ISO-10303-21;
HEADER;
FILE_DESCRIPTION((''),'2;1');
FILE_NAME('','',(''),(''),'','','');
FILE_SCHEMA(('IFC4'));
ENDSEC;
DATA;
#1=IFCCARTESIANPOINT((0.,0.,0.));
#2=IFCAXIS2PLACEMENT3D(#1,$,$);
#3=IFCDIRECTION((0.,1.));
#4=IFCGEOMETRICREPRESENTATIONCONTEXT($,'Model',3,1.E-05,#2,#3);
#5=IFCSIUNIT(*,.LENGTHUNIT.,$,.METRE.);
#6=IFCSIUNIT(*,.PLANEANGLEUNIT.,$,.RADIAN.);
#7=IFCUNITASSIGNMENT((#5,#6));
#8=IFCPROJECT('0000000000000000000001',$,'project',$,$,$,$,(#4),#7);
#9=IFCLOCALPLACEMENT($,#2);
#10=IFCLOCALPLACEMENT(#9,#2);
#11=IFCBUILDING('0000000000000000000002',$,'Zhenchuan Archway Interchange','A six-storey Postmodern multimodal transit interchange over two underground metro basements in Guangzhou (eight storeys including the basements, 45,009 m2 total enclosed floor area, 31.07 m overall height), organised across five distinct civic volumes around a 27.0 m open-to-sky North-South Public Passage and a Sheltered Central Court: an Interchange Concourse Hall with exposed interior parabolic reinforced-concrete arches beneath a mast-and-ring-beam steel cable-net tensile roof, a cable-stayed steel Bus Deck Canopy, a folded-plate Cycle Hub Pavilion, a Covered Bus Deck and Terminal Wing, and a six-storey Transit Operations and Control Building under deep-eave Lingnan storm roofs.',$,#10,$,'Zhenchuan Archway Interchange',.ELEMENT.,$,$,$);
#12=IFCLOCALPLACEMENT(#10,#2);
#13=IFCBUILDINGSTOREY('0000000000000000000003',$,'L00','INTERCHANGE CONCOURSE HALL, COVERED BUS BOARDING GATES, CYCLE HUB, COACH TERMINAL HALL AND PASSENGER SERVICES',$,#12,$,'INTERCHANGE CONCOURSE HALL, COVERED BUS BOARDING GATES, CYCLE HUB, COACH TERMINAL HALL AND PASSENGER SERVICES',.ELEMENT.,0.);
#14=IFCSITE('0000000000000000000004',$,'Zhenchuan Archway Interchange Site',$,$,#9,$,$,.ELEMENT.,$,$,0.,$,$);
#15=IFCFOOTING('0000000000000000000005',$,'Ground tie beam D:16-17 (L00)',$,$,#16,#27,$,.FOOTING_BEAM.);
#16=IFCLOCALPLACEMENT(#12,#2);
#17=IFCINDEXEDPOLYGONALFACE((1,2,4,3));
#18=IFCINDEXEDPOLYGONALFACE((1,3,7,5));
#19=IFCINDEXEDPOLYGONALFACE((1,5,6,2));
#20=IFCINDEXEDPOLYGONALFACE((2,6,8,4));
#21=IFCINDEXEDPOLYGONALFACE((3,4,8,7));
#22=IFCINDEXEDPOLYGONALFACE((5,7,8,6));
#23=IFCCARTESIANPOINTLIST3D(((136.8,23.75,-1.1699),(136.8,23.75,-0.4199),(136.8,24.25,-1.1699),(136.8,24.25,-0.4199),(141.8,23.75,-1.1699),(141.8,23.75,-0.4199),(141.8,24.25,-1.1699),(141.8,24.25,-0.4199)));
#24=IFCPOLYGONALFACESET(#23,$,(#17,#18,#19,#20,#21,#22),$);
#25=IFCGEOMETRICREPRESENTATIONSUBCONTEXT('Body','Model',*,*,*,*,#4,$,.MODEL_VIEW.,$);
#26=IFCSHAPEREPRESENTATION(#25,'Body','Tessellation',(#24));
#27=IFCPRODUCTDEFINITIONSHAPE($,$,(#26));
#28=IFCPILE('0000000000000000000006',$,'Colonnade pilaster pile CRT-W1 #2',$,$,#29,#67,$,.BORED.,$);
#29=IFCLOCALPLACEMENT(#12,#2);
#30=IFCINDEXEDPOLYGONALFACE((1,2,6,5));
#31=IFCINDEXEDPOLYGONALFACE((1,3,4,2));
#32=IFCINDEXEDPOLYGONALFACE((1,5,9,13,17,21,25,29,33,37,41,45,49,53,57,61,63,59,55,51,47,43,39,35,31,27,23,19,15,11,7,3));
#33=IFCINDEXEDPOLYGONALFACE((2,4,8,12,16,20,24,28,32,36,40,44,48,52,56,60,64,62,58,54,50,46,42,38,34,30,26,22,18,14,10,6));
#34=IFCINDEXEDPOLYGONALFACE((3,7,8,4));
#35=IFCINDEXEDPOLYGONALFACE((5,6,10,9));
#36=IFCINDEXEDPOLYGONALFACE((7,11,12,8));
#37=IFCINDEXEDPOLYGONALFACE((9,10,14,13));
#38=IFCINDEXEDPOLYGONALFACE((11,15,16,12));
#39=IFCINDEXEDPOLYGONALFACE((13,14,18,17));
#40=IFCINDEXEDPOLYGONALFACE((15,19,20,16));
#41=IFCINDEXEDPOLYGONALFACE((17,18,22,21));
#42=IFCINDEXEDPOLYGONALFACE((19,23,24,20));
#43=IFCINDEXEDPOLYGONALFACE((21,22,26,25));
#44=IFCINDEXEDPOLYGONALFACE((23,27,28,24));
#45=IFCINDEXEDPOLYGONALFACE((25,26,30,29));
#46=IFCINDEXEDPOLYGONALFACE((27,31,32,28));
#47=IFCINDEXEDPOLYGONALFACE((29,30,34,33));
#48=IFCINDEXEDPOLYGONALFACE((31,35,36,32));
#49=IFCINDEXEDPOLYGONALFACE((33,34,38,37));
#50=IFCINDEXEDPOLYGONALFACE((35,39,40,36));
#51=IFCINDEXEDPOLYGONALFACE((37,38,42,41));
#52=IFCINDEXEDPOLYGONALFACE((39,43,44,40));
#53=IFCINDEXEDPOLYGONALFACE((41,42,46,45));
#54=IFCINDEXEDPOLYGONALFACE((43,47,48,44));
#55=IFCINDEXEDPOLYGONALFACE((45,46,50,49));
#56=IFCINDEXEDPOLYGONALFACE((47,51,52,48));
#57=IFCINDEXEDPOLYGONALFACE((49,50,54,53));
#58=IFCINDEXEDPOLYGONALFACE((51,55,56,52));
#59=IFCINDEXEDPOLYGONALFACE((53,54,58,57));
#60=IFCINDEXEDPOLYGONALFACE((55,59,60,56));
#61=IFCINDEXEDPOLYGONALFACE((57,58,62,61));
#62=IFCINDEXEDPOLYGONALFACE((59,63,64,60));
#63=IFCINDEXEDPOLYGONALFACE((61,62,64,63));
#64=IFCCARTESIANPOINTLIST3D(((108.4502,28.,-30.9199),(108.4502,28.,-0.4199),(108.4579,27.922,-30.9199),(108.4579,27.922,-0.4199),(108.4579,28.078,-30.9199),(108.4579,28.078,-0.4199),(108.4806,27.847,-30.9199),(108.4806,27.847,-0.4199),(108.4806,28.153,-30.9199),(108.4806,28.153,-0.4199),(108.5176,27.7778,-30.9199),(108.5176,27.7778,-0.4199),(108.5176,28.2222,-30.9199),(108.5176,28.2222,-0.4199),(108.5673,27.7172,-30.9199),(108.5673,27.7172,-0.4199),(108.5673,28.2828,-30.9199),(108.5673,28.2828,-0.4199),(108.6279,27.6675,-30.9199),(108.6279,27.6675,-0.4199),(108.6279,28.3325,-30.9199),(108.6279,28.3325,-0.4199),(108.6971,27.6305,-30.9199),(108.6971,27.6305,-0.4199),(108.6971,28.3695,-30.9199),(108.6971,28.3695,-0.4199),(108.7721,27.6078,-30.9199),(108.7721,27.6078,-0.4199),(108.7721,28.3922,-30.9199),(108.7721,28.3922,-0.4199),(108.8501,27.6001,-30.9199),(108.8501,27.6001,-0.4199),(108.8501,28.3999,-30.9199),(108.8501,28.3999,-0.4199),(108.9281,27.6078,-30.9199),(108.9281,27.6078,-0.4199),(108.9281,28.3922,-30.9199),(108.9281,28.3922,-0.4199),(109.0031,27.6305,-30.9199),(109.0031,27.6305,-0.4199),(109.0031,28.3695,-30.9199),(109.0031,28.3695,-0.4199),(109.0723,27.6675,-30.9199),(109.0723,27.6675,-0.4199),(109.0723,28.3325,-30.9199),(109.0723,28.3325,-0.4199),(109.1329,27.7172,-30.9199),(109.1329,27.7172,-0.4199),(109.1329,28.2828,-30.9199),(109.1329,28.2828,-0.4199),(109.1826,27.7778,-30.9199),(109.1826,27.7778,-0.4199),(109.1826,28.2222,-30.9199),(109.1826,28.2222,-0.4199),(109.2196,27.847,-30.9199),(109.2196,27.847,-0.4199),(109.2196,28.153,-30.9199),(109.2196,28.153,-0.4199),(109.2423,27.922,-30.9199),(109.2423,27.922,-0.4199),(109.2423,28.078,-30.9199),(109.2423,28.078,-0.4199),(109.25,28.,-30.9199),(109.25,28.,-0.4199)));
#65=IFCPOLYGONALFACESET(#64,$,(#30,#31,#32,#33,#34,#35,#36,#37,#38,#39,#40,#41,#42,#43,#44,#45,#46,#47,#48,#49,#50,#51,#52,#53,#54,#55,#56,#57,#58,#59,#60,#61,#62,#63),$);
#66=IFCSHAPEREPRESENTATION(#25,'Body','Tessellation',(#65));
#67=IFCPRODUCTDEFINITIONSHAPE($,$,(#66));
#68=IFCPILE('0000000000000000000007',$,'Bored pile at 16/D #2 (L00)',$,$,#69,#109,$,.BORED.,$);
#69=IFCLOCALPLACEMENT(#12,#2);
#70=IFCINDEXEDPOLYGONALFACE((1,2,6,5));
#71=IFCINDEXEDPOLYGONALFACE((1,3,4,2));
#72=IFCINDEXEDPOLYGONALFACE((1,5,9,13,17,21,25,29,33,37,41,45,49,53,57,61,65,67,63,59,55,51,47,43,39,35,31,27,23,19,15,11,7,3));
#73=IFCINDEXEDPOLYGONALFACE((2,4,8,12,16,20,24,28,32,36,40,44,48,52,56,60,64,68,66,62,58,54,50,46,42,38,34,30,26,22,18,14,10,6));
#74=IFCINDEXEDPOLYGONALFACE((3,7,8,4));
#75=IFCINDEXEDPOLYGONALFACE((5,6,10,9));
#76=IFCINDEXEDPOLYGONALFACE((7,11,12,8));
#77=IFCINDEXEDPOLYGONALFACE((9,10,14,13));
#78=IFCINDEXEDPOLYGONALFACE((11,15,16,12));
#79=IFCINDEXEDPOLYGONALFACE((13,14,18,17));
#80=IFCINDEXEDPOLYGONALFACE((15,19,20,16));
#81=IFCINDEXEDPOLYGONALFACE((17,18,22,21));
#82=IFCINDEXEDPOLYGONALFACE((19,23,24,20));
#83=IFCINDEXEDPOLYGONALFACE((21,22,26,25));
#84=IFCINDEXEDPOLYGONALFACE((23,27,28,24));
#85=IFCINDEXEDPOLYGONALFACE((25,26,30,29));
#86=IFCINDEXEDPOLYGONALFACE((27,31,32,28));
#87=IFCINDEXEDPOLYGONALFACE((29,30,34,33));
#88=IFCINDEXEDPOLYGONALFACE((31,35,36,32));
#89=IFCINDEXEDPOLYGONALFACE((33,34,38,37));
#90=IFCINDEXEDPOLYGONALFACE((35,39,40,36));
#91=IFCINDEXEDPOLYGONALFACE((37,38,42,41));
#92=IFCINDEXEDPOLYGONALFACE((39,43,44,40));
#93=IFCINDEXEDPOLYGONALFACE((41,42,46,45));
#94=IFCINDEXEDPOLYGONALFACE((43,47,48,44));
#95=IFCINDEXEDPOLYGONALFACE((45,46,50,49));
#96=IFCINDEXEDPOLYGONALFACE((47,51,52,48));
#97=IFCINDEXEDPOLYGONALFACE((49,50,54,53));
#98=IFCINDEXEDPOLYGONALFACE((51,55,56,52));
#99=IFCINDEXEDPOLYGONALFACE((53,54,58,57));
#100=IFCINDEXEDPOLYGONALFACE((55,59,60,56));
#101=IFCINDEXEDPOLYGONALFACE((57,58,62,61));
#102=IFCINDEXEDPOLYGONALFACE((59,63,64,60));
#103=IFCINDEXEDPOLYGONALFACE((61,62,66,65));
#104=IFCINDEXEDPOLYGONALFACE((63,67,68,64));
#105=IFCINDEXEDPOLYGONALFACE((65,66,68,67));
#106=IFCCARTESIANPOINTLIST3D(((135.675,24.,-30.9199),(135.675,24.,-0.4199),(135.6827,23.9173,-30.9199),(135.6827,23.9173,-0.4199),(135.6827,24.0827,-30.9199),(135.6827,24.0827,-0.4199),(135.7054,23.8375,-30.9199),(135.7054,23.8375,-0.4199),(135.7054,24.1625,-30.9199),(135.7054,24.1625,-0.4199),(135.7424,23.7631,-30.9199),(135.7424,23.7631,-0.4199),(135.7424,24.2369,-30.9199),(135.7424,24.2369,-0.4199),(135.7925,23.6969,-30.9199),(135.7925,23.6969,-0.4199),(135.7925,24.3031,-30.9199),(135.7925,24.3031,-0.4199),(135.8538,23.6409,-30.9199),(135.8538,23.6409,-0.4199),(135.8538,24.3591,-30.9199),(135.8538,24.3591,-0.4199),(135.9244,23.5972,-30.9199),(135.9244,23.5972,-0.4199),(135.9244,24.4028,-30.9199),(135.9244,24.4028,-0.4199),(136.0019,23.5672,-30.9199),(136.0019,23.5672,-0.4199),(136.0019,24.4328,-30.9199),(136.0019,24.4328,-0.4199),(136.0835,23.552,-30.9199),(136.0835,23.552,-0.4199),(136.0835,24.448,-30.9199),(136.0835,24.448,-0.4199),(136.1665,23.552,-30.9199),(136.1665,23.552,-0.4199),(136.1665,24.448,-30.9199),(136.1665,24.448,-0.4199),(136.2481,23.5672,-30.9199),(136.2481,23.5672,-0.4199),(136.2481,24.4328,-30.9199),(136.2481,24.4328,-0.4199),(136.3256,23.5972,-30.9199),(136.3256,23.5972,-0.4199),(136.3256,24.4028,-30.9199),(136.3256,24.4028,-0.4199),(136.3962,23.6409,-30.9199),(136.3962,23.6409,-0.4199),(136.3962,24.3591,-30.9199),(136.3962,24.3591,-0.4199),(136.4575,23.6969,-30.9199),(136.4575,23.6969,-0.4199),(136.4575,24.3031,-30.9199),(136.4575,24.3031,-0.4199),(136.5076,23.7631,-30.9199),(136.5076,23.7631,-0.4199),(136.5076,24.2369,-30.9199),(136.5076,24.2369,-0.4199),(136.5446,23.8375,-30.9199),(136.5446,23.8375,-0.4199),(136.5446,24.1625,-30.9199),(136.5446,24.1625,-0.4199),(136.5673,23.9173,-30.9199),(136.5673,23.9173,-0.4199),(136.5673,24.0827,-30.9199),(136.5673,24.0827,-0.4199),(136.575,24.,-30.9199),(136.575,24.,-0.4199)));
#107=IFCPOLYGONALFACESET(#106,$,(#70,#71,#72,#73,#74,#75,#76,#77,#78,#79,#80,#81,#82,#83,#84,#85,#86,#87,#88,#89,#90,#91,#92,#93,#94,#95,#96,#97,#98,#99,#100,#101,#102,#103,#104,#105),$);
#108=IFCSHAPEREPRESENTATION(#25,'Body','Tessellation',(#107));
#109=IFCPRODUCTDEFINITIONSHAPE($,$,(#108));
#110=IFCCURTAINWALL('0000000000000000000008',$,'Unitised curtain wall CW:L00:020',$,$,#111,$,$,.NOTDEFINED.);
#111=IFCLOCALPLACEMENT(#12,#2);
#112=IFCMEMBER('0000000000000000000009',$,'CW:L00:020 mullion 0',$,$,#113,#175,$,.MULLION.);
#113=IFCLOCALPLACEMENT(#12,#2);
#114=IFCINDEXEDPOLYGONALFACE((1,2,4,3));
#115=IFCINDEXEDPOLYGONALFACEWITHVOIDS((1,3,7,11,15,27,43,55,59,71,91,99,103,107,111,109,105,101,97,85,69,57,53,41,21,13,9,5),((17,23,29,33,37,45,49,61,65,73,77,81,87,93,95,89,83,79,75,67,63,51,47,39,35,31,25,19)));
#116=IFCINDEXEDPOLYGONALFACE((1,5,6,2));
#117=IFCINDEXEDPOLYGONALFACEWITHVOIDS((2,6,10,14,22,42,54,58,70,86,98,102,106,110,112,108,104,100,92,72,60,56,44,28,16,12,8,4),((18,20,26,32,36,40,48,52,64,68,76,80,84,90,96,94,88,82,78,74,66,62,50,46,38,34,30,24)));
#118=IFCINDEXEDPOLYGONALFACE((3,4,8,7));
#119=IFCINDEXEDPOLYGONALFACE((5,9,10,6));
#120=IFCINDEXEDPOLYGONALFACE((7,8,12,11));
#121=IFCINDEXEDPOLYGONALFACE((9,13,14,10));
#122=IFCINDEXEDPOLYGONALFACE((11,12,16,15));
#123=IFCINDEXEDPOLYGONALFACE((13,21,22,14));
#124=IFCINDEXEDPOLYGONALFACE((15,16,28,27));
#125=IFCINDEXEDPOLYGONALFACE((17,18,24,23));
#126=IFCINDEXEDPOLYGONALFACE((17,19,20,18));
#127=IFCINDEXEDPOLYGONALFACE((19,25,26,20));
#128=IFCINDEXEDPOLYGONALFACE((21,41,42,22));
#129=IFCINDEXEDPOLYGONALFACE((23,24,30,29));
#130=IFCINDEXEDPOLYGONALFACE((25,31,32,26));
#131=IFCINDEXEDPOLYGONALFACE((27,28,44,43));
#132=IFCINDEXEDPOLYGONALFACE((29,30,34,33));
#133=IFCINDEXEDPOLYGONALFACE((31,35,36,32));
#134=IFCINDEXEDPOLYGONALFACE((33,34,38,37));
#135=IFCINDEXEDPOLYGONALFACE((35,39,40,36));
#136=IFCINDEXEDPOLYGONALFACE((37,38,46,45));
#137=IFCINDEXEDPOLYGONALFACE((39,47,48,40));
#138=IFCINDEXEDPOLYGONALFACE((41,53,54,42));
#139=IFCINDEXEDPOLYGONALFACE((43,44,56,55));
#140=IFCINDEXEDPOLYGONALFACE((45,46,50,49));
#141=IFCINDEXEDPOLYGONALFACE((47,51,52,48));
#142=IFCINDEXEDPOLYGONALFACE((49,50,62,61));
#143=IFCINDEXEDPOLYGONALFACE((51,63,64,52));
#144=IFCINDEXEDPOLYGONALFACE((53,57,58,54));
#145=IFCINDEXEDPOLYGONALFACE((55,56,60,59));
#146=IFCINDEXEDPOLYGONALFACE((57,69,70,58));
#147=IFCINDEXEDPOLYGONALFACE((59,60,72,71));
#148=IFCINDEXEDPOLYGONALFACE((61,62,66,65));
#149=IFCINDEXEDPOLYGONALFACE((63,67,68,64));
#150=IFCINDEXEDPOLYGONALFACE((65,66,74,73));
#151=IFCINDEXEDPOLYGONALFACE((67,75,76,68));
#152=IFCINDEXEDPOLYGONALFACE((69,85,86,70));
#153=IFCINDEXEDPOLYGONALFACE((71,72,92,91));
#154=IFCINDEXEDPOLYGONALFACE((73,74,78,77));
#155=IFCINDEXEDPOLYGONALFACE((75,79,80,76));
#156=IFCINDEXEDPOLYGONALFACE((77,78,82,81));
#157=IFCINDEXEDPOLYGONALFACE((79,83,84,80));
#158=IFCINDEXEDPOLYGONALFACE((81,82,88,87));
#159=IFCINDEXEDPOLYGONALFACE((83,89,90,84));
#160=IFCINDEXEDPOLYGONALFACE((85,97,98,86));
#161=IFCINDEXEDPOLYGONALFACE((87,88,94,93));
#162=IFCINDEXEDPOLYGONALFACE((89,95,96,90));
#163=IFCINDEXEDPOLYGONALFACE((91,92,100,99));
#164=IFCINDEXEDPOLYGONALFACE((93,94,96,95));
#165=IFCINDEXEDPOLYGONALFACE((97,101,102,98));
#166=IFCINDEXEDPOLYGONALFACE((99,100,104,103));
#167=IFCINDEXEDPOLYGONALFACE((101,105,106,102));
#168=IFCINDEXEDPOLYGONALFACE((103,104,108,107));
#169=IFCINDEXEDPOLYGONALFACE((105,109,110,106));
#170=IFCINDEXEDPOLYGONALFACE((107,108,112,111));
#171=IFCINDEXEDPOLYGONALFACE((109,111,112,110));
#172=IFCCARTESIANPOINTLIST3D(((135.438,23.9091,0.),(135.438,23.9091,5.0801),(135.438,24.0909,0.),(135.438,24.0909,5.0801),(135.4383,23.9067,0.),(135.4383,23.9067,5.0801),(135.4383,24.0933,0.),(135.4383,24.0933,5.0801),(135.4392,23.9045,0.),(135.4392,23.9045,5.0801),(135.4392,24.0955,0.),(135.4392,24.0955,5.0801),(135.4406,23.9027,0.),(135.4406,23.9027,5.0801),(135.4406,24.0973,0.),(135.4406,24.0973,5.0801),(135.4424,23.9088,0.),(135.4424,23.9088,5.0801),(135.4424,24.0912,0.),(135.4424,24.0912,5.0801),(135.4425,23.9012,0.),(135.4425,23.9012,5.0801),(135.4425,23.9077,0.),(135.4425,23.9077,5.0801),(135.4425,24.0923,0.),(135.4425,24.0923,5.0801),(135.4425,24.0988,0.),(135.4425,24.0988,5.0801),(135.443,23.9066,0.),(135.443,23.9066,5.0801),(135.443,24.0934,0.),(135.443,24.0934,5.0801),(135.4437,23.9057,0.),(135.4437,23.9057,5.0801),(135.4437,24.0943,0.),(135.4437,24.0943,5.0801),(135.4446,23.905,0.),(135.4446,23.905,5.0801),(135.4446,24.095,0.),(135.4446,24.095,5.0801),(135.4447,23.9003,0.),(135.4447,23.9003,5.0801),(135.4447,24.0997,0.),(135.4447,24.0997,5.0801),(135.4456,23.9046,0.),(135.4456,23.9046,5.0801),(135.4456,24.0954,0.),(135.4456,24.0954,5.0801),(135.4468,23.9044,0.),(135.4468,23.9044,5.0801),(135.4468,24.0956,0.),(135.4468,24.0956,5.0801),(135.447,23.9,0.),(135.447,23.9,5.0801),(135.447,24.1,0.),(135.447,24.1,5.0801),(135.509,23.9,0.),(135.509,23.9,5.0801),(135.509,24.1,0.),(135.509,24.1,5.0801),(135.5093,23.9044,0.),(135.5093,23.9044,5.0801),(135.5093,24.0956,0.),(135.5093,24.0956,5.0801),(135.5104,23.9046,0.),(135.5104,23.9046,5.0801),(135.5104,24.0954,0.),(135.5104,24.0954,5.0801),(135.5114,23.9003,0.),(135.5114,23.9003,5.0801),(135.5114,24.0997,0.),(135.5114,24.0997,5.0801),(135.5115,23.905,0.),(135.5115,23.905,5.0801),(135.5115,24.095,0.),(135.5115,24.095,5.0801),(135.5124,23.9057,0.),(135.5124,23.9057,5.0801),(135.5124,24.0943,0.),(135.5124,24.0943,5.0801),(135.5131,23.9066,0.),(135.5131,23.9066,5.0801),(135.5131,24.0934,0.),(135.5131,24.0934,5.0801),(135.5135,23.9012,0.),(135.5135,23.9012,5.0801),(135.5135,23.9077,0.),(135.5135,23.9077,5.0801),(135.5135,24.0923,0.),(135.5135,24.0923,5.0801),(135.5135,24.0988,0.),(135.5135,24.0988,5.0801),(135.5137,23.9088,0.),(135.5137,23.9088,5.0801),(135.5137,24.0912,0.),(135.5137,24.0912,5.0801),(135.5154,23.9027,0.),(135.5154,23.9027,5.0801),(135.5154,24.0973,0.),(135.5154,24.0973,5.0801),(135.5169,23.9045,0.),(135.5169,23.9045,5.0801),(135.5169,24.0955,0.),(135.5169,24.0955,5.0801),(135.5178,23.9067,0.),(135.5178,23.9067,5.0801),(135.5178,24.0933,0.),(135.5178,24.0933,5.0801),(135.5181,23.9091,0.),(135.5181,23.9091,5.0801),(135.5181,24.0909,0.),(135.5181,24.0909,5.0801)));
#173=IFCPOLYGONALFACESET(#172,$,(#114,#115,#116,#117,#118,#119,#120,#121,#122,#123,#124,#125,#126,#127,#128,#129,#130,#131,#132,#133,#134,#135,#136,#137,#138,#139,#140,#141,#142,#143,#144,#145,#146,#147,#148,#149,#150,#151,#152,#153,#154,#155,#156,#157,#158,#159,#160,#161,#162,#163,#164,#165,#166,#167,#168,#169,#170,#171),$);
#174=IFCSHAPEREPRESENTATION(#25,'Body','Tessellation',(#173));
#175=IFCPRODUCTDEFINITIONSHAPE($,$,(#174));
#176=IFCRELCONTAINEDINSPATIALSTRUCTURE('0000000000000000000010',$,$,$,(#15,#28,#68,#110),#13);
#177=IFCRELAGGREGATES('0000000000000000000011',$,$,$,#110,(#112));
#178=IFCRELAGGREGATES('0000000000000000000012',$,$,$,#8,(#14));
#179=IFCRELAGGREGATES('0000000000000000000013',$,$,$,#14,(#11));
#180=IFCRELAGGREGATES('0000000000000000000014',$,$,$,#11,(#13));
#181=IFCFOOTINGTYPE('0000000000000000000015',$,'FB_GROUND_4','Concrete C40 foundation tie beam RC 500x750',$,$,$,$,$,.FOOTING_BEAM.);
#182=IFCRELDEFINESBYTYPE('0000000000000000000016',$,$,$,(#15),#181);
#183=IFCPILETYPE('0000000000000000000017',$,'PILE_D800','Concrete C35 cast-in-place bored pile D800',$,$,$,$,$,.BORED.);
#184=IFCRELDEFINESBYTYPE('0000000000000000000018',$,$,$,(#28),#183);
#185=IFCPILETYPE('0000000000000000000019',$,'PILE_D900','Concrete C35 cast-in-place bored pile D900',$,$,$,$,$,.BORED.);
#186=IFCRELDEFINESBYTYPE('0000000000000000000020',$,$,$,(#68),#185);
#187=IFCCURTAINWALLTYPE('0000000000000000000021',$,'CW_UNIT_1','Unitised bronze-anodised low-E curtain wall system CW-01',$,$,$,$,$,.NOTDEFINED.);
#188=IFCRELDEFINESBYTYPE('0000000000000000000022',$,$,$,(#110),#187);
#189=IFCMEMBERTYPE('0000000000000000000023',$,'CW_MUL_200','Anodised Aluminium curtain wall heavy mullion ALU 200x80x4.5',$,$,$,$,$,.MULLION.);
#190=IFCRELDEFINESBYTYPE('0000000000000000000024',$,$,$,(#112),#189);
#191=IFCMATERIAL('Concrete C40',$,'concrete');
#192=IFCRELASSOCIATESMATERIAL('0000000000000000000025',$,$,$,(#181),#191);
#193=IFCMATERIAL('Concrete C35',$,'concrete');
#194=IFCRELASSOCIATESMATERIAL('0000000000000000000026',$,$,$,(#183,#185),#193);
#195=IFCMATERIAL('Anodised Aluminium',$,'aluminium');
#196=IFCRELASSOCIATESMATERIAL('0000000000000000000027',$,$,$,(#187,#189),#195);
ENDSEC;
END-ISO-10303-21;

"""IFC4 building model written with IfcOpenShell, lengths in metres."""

from ifc_helpers import new_model, si_unit, direction, frame, origin, origin_2d, place, context, subcontext, project, spatial, rectangle, hollow_rectangle, circle, extrude, material, material_profile, profile_set, type_object, element, aggregate, save


model = new_model("IFC4")

# Units and contexts
model_context = context("Model", 3, precision=1e-05, world=origin(), true_north=direction((0.0, 1.0)))
body_context = subcontext(model_context, "Body", "Model", "MODEL_VIEW")
ifc_project = project(units=[si_unit("LENGTHUNIT", "METRE"), si_unit("PLANEANGLEUNIT", "RADIAN")], contexts=[model_context])

# Site, building, storey
site_placement = place(None, origin())
site = spatial("IfcSite", under=ifc_project, at=site_placement, Name="Zhenchuan Archway Interchange Site", CompositionType="ELEMENT", RefElevation=0.0)
building_placement = place(site_placement, origin())
building = spatial("IfcBuilding", under=site, at=building_placement, Name="Zhenchuan Archway Interchange", Description="A six-storey Postmodern multimodal transit interchange over two underground metro basements in Guangzhou (eight storeys including the basements, 45,009 m2 total enclosed floor area, 31.07 m overall height), organised across five distinct civic volumes around a 27.0 m open-to-sky North-South Public Passage and a Sheltered Central Court: an Interchange Concourse Hall with exposed interior parabolic reinforced-concrete arches beneath a mast-and-ring-beam steel cable-net tensile roof, a cable-stayed steel Bus Deck Canopy, a folded-plate Cycle Hub Pavilion, a Covered Bus Deck and Terminal Wing, and a six-storey Transit Operations and Control Building under deep-eave Lingnan storm roofs.", LongName="Zhenchuan Archway Interchange", CompositionType="ELEMENT")
storey_placement = place(building_placement, origin())
storey = spatial("IfcBuildingStorey", under=building, at=storey_placement, Name="L00", Description="INTERCHANGE CONCOURSE HALL, COVERED BUS BOARDING GATES, CYCLE HUB, COACH TERMINAL HALL AND PASSENGER SERVICES", LongName="INTERCHANGE CONCOURSE HALL, COVERED BUS BOARDING GATES, CYCLE HUB, COACH TERMINAL HALL AND PASSENGER SERVICES", CompositionType="ELEMENT", Elevation=0.0)

# Footing
ifc_material_1 = material(Name="Concrete C40", Category="concrete")
ifc_material_profile_1 = material_profile(ifc_material_1, rectangle(XDim=0.5, YDim=0.75, at=origin_2d()), Name="RC 500x750")
ifc_profile_set_1 = profile_set([ifc_material_profile_1], Name="Concrete C40")
footing_type = type_object("IfcFootingType", Name="FB_GROUND_4", Description="Concrete C40 foundation tie beam RC 500x750", PredefinedType="FOOTING_BEAM", material=ifc_profile_set_1)
footing_placement = place(storey_placement, frame((136.8, 24.0, -0.7949), z_axis=(1.0, 0.0, 0.0), x_axis=(0.0, 1.0, 0.0)))
element("IfcFooting", 1, at=footing_placement, inside=storey, type_object=footing_type, Name="Ground tie beam D:16-17 (L00)", PredefinedType="FOOTING_BEAM", context=body_context, shape_type="SweptSolid", body=[
    extrude(rectangle(XDim=0.5, YDim=0.75, at=origin_2d()), origin(), (0.0, 0.0, 1.0), 5.0),
])

# Piles
ifc_material_2 = material(Name="Concrete C35", Category="concrete")
ifc_material_profile_2 = material_profile(ifc_material_2, circle(Radius=0.3999, at=origin_2d()), Name="BORED PILE 800")
ifc_profile_set_2 = profile_set([ifc_material_profile_2], Name="Concrete C35")
pile_type_1 = type_object("IfcPileType", Name="PILE_D800", Description="Concrete C35 cast-in-place bored pile D800", PredefinedType="BORED", material=ifc_profile_set_2)
pile_1_placement = place(storey_placement, frame((108.8501, 28.0, -0.4199), z_axis=(0.0, 0.0, -1.0), x_axis=(1.0, 0.0, 0.0)))
element("IfcPile", 2, at=pile_1_placement, inside=storey, type_object=pile_type_1, Name="Colonnade pilaster pile CRT-W1 #2", PredefinedType="BORED", context=body_context, shape_type="SweptSolid", body=[
    extrude(circle(Radius=0.3999, at=origin_2d()), origin(), (0.0, 0.0, 1.0), 30.5),
])
ifc_material_profile_3 = material_profile(ifc_material_2, circle(Radius=0.45, at=origin_2d()), Name="BORED PILE 900")
ifc_profile_set_3 = profile_set([ifc_material_profile_3], Name="Concrete C35")
pile_type_2 = type_object("IfcPileType", Name="PILE_D900", Description="Concrete C35 cast-in-place bored pile D900", PredefinedType="BORED", material=ifc_profile_set_3)
pile_2_placement = place(storey_placement, frame((136.125, 24.0, -0.4199), z_axis=(0.0, 0.0, -1.0), x_axis=(1.0, 0.0, 0.0)))
element("IfcPile", 3, at=pile_2_placement, inside=storey, type_object=pile_type_2, Name="Bored pile at 16/D #2 (L00)", PredefinedType="BORED", context=body_context, shape_type="SweptSolid", body=[
    extrude(circle(Radius=0.45, at=origin_2d()), origin(), (0.0, 0.0, 1.0), 30.5),
])

# Curtain wall, member
ifc_material_3 = material(Name="Anodised Aluminium", Category="aluminium")
curtain_wall_type = type_object("IfcCurtainWallType", Name="CW_UNIT_1", Description="Unitised bronze-anodised low-E curtain wall system CW-01", PredefinedType="NOTDEFINED", material=ifc_material_3)
curtain_wall_placement = place(storey_placement, origin())
curtain_wall = element("IfcCurtainWall", 4, at=curtain_wall_placement, inside=storey, type_object=curtain_wall_type, Name="Unitised curtain wall CW:L00:020", PredefinedType="NOTDEFINED")
ifc_material_profile_4 = material_profile(ifc_material_3, hollow_rectangle(XDim=0.0801, YDim=0.2, WallThickness=0.0044, InnerFilletRadius=0.0044, OuterFilletRadius=0.009, at=origin_2d()), Name="ALU 200x80x4.5")
ifc_profile_set_4 = profile_set([ifc_material_profile_4], Name="Anodised Aluminium")
member_type_1 = type_object("IfcMemberType", Name="CW_MUL_200", Description="Anodised Aluminium curtain wall heavy mullion ALU 200x80x4.5", PredefinedType="MULLION", material=ifc_profile_set_4)
member_1_placement = place(storey_placement, frame((135.478, 24.0, 0.0), z_axis=(0.0, 0.0, 1.0), x_axis=(1.0, 0.0, 0.0)))
member_1 = element("IfcMember", 5, at=member_1_placement, type_object=member_type_1, Name="CW:L00:020 mullion 0", PredefinedType="MULLION", context=body_context, shape_type="SweptSolid", body=[
    extrude(hollow_rectangle(XDim=0.0801, YDim=0.2, WallThickness=0.0044, InnerFilletRadius=0.0044, OuterFilletRadius=0.009, at=origin_2d()), origin(), (0.0, 0.0, 1.0), 5.0801),
])
aggregate(curtain_wall, [member_1])

save(model, "model.ifc")
